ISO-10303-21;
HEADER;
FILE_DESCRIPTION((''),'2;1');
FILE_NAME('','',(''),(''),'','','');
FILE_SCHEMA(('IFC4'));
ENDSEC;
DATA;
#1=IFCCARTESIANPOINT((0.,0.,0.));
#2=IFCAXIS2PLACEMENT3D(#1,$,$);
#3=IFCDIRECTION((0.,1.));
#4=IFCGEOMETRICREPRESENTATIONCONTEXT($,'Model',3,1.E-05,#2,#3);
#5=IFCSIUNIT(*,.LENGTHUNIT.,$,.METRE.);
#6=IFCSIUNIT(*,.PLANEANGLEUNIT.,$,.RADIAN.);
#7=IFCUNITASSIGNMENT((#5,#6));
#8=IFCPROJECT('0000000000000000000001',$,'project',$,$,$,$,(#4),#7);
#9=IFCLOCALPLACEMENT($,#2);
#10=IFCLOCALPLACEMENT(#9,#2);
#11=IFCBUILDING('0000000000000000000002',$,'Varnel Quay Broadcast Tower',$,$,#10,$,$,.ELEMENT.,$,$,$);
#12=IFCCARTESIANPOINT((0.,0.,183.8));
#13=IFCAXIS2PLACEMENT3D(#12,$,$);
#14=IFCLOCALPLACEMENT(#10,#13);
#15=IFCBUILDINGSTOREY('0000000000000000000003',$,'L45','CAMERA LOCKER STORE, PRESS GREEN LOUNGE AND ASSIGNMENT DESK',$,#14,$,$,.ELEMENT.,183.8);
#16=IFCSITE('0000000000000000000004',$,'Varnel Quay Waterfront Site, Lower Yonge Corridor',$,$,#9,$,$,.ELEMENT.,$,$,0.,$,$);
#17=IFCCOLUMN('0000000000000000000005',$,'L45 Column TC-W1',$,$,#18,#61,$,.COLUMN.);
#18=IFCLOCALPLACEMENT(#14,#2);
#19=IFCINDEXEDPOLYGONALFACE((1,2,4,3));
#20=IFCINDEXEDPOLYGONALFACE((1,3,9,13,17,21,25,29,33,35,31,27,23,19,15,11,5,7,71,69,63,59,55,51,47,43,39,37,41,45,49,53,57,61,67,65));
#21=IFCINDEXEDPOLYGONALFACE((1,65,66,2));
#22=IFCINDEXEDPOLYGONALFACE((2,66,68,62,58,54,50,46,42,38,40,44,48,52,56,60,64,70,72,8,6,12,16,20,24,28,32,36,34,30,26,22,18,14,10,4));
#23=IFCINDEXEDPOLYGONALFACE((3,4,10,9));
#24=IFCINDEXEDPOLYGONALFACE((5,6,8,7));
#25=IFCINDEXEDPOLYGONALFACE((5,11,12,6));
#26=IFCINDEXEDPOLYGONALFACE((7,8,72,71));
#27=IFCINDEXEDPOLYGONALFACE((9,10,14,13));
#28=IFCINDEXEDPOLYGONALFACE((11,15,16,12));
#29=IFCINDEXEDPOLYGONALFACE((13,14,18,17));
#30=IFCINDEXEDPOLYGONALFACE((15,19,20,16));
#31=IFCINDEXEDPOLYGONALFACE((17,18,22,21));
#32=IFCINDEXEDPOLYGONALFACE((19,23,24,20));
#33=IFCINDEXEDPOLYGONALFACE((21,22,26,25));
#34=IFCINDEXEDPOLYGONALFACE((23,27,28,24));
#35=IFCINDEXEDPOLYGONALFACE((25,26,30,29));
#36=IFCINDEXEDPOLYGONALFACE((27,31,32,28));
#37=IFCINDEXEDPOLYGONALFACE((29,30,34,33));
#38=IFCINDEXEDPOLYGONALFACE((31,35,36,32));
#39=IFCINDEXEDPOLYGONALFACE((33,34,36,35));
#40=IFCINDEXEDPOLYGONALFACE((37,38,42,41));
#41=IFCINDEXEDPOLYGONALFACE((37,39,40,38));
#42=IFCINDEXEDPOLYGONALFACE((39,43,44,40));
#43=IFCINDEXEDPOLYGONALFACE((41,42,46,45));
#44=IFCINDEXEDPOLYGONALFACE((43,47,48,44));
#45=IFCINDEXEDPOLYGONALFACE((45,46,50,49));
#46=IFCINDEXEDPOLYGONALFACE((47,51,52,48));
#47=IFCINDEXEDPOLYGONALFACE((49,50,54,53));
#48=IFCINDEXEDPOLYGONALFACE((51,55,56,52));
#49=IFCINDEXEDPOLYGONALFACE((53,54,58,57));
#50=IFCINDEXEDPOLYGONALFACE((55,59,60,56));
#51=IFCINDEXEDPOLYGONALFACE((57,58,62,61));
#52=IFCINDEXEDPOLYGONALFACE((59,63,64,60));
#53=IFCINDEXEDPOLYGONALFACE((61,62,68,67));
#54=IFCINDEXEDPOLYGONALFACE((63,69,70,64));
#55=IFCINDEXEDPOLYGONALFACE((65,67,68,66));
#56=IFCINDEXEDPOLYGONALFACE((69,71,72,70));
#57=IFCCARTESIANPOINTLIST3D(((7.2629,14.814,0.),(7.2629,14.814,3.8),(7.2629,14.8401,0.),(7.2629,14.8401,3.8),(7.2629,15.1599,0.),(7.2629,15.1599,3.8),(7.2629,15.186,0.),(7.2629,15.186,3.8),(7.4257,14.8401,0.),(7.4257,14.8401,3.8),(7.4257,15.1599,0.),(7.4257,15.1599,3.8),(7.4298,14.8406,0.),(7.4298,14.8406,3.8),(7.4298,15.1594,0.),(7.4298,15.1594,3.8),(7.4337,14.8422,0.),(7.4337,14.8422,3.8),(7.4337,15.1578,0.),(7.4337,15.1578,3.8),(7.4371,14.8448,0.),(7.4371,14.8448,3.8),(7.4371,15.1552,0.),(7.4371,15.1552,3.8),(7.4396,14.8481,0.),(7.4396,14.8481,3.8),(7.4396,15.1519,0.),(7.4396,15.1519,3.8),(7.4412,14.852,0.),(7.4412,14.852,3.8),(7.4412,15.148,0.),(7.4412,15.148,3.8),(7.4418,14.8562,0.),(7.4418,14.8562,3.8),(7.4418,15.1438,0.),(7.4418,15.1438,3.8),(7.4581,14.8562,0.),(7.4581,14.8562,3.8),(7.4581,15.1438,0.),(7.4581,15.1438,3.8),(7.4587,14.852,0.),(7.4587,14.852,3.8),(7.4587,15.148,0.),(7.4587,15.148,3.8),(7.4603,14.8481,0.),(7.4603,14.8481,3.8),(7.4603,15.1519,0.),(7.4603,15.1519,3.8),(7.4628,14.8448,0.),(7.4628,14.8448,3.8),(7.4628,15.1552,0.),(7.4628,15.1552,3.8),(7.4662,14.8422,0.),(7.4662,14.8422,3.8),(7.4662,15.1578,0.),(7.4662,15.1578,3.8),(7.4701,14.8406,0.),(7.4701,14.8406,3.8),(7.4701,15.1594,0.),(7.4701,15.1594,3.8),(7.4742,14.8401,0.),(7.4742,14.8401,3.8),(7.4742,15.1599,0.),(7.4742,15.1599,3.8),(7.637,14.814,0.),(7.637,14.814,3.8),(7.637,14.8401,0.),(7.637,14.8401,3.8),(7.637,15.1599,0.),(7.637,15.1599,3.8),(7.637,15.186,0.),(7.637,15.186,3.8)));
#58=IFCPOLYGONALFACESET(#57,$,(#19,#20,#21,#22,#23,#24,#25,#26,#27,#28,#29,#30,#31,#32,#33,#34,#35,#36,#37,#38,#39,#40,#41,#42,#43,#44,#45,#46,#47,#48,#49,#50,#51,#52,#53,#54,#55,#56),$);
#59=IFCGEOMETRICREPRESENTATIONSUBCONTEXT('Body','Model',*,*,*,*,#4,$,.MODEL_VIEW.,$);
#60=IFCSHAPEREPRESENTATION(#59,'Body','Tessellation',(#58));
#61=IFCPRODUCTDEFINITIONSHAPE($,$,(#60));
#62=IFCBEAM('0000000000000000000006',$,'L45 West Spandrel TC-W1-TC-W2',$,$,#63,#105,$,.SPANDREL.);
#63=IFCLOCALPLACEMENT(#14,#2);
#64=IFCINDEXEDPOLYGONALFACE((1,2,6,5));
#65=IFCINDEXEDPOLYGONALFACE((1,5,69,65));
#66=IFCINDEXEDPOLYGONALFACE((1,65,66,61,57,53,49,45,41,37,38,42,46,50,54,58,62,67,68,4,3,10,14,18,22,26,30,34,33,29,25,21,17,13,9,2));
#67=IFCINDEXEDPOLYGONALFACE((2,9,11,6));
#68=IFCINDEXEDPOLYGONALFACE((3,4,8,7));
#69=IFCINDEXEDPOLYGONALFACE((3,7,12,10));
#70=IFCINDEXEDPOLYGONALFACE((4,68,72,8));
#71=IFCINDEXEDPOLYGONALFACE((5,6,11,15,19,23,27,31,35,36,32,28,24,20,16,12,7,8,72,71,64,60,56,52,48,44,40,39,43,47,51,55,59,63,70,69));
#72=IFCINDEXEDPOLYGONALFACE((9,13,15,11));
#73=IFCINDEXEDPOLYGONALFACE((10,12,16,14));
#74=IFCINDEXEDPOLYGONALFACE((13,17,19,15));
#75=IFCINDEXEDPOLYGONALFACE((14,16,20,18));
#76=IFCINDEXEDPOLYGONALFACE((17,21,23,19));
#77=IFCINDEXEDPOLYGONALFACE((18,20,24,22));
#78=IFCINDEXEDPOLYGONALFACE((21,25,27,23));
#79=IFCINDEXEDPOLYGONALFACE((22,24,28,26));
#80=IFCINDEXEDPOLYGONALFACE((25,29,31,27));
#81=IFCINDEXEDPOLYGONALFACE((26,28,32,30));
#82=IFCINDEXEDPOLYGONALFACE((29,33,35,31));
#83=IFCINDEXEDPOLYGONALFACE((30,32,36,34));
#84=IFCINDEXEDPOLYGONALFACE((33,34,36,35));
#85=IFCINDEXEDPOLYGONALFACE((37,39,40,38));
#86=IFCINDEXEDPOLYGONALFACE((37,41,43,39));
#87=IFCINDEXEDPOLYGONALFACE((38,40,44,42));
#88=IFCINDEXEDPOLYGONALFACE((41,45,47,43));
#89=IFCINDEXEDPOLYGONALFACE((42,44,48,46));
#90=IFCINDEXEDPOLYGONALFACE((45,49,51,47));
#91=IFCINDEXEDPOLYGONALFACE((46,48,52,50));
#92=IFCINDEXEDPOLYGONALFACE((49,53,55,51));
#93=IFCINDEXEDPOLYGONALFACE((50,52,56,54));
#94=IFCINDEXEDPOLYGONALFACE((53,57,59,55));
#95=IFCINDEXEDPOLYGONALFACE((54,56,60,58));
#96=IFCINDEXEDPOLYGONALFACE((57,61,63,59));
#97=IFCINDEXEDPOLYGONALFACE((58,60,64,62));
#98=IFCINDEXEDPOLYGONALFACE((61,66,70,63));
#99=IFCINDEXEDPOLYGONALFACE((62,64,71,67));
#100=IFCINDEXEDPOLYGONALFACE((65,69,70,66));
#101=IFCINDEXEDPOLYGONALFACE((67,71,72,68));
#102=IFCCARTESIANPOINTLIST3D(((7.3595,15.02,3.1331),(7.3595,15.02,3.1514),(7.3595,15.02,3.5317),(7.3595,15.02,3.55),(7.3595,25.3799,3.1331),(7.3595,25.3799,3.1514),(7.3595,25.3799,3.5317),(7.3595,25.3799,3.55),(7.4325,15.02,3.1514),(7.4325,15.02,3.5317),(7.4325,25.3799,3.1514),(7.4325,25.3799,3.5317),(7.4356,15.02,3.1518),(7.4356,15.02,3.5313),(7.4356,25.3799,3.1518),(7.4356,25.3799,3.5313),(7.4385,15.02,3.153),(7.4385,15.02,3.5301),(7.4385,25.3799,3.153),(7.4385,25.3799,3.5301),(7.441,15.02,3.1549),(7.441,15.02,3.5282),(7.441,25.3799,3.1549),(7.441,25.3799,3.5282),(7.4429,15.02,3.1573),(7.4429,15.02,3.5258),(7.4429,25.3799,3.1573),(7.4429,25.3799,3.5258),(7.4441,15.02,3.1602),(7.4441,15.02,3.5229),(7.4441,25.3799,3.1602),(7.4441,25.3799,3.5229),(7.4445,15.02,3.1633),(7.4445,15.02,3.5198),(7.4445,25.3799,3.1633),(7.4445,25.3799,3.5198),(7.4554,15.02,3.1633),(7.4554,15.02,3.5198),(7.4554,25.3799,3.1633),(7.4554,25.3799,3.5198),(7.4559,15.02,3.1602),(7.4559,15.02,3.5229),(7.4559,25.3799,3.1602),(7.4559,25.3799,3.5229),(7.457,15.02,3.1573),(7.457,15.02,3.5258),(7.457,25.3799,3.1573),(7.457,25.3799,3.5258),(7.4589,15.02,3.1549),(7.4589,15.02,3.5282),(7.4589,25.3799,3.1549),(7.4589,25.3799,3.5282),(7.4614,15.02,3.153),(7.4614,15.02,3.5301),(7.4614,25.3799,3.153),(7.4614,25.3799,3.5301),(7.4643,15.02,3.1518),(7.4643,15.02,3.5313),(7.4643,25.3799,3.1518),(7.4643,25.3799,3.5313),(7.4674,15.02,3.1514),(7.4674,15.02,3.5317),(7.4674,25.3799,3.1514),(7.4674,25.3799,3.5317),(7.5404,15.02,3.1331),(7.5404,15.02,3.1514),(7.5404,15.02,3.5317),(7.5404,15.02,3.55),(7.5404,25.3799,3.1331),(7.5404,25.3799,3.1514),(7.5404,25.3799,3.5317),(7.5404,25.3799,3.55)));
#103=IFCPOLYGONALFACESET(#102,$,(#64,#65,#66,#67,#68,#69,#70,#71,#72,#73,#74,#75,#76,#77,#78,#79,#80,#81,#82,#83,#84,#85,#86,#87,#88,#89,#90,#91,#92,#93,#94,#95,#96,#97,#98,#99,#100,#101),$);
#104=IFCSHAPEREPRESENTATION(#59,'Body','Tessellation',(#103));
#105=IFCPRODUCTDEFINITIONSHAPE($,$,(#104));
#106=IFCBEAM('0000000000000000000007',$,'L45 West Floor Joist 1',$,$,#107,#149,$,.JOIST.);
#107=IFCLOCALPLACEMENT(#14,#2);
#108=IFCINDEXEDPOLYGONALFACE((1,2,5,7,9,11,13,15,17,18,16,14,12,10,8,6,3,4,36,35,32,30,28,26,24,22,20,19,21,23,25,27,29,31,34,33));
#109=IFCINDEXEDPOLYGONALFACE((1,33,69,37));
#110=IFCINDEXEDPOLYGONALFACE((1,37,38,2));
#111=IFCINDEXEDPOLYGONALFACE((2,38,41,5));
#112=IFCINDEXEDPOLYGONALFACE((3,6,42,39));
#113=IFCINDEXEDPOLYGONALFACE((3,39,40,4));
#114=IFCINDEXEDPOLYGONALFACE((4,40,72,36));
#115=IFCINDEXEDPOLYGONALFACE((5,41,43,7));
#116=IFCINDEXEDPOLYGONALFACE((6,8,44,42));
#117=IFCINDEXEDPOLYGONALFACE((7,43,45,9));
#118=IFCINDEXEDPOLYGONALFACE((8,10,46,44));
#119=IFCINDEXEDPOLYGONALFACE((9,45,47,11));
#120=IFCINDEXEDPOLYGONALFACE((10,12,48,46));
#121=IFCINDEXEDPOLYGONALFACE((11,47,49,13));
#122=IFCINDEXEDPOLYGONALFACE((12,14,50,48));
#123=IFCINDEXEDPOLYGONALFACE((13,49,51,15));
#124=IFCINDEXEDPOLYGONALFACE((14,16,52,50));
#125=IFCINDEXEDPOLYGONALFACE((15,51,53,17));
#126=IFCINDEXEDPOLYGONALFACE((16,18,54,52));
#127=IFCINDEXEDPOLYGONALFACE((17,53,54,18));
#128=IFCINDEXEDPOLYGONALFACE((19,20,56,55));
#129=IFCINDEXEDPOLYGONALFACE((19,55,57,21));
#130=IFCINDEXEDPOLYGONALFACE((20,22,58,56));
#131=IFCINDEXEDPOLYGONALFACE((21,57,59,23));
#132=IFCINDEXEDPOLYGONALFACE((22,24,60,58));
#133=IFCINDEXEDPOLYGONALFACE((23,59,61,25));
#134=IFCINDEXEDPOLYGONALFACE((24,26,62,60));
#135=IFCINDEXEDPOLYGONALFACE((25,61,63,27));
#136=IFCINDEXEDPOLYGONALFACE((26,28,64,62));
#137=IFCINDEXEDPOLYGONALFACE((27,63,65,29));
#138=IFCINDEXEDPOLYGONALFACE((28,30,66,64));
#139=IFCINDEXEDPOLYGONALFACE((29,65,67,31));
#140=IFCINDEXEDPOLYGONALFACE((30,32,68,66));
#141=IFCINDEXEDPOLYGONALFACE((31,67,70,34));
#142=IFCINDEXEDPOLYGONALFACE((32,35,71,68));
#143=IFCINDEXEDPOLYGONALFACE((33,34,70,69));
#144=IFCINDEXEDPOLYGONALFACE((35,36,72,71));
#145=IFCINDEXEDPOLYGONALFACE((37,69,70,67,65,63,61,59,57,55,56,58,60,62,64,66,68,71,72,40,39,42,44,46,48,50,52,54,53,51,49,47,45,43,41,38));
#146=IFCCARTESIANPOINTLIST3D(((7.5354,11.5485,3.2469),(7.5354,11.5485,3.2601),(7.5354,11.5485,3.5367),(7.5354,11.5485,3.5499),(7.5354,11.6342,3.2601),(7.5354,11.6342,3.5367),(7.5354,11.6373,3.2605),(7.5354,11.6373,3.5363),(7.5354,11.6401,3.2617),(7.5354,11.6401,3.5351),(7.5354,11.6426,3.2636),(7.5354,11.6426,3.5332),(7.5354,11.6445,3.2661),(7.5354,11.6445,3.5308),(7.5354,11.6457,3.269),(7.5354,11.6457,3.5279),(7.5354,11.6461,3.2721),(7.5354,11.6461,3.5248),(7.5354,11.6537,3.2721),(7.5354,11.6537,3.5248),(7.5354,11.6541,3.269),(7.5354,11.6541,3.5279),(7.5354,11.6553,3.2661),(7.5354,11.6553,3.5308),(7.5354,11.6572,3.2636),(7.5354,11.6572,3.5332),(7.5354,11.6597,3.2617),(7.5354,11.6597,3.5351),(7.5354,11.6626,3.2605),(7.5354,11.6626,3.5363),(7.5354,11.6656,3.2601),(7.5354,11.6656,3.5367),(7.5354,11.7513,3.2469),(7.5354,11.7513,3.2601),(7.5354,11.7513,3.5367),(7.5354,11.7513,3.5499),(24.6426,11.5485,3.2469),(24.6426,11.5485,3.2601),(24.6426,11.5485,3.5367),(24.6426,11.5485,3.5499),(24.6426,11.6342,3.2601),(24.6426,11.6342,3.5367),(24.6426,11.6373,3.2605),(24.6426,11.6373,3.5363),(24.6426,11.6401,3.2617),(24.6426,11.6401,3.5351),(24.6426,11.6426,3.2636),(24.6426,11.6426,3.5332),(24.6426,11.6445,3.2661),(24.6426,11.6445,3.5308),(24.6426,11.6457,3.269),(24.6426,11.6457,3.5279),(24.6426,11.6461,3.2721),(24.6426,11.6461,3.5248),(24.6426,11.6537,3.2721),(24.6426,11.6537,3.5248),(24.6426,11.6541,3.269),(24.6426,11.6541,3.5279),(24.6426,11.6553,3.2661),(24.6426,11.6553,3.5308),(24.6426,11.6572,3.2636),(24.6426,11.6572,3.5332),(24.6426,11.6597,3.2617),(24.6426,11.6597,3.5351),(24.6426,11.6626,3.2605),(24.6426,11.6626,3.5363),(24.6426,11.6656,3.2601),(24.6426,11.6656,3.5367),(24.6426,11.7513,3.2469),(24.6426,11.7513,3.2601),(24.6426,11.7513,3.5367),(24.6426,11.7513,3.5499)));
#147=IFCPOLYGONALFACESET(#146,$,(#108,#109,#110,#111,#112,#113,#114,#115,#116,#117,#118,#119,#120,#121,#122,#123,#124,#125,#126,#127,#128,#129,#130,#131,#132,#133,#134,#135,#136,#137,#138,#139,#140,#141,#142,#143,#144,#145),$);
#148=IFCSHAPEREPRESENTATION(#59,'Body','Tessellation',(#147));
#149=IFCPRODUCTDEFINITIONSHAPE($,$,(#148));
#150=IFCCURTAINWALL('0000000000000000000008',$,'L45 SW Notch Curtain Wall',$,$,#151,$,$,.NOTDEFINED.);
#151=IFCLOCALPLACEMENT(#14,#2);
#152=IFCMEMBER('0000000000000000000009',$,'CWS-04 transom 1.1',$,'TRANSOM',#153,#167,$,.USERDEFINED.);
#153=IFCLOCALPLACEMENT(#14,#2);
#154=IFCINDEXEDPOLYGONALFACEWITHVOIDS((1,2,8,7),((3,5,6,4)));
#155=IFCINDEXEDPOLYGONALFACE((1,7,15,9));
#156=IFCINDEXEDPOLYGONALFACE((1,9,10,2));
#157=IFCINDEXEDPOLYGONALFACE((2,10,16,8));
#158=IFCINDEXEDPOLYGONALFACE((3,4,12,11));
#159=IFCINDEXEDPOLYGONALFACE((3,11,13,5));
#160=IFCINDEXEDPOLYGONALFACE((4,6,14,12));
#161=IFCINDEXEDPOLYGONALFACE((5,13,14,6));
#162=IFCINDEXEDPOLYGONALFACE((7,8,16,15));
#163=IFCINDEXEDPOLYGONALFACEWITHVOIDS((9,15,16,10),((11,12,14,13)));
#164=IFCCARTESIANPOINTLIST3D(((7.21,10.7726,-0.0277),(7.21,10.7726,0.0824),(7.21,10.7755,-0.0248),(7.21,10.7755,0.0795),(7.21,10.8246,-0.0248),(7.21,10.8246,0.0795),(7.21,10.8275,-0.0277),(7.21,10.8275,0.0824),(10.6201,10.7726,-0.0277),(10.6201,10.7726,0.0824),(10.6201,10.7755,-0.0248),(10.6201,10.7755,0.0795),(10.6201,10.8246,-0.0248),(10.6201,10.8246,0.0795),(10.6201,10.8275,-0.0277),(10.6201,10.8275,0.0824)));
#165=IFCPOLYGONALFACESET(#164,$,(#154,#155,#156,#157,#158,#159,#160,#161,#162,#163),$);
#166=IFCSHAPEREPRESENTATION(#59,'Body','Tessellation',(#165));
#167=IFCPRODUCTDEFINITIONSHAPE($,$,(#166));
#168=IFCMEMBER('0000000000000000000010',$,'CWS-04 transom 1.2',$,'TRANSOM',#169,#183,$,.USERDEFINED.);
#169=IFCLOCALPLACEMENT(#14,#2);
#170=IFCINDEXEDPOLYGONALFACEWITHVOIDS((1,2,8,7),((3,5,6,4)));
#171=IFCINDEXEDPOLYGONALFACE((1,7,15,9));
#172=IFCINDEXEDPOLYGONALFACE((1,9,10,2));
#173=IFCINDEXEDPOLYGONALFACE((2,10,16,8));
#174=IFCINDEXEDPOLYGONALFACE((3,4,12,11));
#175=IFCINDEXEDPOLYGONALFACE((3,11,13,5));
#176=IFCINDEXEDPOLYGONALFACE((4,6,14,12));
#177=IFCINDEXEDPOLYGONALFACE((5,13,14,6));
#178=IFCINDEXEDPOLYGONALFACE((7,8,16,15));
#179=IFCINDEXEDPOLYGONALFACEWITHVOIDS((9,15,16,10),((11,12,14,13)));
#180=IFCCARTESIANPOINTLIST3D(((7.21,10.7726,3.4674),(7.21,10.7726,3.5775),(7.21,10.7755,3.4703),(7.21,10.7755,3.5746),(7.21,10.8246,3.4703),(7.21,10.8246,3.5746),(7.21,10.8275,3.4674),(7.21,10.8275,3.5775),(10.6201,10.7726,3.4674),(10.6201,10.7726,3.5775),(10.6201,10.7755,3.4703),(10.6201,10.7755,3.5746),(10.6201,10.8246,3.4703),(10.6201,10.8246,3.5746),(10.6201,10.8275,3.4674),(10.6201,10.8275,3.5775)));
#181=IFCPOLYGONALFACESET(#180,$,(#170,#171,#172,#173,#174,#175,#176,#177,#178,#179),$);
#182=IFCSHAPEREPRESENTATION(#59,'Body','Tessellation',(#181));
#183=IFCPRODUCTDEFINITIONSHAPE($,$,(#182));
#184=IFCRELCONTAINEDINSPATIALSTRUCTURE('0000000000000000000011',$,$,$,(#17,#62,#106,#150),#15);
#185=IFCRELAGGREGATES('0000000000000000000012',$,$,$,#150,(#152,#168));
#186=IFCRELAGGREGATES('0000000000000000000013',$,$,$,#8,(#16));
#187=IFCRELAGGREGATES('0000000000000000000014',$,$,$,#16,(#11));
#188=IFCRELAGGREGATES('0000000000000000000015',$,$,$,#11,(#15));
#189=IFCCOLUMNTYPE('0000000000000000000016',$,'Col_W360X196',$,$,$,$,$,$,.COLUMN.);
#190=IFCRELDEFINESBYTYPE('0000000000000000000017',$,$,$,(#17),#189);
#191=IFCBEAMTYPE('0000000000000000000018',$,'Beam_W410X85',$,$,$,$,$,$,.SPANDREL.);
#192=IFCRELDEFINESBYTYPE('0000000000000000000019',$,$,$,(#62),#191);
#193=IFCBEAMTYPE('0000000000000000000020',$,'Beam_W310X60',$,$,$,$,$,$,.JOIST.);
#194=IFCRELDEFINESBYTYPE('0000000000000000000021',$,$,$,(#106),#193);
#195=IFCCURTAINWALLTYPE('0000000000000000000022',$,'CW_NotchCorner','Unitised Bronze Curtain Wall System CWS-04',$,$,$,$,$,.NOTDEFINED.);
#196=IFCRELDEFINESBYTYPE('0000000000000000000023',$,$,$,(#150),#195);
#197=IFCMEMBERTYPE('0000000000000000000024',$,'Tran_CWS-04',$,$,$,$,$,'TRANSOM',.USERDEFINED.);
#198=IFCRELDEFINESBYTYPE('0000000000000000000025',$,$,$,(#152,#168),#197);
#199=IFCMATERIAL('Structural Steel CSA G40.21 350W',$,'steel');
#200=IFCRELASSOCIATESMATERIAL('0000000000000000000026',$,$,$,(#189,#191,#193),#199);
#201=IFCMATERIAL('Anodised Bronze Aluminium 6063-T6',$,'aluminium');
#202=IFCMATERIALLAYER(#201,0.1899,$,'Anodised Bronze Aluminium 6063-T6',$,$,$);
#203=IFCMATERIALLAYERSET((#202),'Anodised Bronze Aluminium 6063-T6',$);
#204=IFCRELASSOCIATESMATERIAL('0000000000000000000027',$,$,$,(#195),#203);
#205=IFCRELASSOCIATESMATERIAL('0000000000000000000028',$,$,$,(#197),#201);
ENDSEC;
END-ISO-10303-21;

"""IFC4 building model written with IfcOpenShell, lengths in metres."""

from ifc_helpers import new_model, si_unit, direction, frame, origin, origin_2d, place, context, subcontext, project, spatial, hollow_rectangle, i_section, extrude, source, transform, mapped, material, layer, layer_set, material_profile, profile_set, type_object, type_shapes, element, aggregate, save


model = new_model("IFC4")

# Units and contexts
model_context = context("Model", 3, precision=1e-05, world=origin(), true_north=direction((0.0, 1.0)))
body_context = subcontext(model_context, "Body", "Model", "MODEL_VIEW")
ifc_project = project(units=[si_unit("LENGTHUNIT", "METRE"), si_unit("PLANEANGLEUNIT", "RADIAN")], contexts=[model_context])

# Site, building, storey
site_placement = place(None, origin())
site = spatial("IfcSite", under=ifc_project, at=site_placement, Name="Varnel Quay Waterfront Site, Lower Yonge Corridor", CompositionType="ELEMENT", RefElevation=0.0)
building_placement = place(site_placement, origin())
building = spatial("IfcBuilding", under=site, at=building_placement, Name="Varnel Quay Broadcast Tower", CompositionType="ELEMENT")
storey_placement = place(building_placement, frame((0.0, 0.0, 183.8)))
storey = spatial("IfcBuildingStorey", under=building, at=storey_placement, Name="L45", Description="CAMERA LOCKER STORE, PRESS GREEN LOUNGE AND ASSIGNMENT DESK", CompositionType="ELEMENT", Elevation=183.8)

# Column
ifc_material_1 = material(Name="Structural Steel CSA G40.21 350W", Category="steel")
ifc_material_profile_1 = material_profile(ifc_material_1, i_section(OverallWidth=0.374, OverallDepth=0.3721, WebThickness=0.0164, FlangeThickness=0.0261, FilletRadius=0.0161, at=origin_2d()), Name="W360X196")
ifc_profile_set_1 = profile_set([ifc_material_profile_1], Name="Structural Steel CSA G40.21 350W")
column_type = type_object("IfcColumnType", Name="Col_W360X196", PredefinedType="COLUMN", material=ifc_profile_set_1)
shared_shape_1 = source(origin(), body_context, "Body", "SweptSolid", [
    extrude(i_section(OverallWidth=0.374, OverallDepth=0.3721, WebThickness=0.0164, FlangeThickness=0.0261, FilletRadius=0.0161, at=origin_2d()), origin(), (0.0, 0.0, 1.0), 3.8),
])
type_shapes(column_type, [shared_shape_1])
column_placement = place(storey_placement, frame((7.45, 15.0, 0.0), z_axis=(0.0, 0.0, 1.0), x_axis=(1.0, 0.0, 0.0)))
element("IfcColumn", 1, at=column_placement, inside=storey, type_object=column_type, Name="L45 Column TC-W1", PredefinedType="COLUMN", context=body_context, shape_type="MappedRepresentation", body=[
    mapped(shared_shape_1, transform((0.0, 0.0, 0.0), x_axis=(1.0, 0.0, 0.0), y_axis=(0.0, 1.0, 0.0), z_axis=(0.0, 0.0, 1.0), scale=1.0)),
])

# Beams
ifc_material_profile_2 = material_profile(ifc_material_1, i_section(OverallWidth=0.1809, OverallDepth=0.417, WebThickness=0.011, FlangeThickness=0.0183, FilletRadius=0.012, at=origin_2d()), Name="W410X85")
ifc_profile_set_2 = profile_set([ifc_material_profile_2], Name="Structural Steel CSA G40.21 350W")
beam_type_1 = type_object("IfcBeamType", Name="Beam_W410X85", PredefinedType="SPANDREL", material=ifc_profile_set_2)
shared_shape_2 = source(origin(), body_context, "Body", "SweptSolid", [
    extrude(i_section(OverallWidth=0.1809, OverallDepth=0.417, WebThickness=0.011, FlangeThickness=0.0183, FilletRadius=0.012, at=origin_2d()), origin(), (0.0, 0.0, 1.0), 10.3599),
])
type_shapes(beam_type_1, [shared_shape_2])
beam_1_placement = place(storey_placement, frame((7.45, 15.02, 3.3416), z_axis=(0.0, 1.0, 0.0), x_axis=(-1.0, 0.0, 0.0)))
element("IfcBeam", 2, at=beam_1_placement, inside=storey, type_object=beam_type_1, Name="L45 West Spandrel TC-W1-TC-W2", PredefinedType="SPANDREL", context=body_context, shape_type="MappedRepresentation", body=[
    mapped(shared_shape_2, transform((0.0, 0.0, 0.0), x_axis=(1.0, 0.0, 0.0), y_axis=(0.0, 1.0, 0.0), z_axis=(0.0, 0.0, 1.0), scale=1.0)),
])
ifc_material_profile_3 = material_profile(ifc_material_1, i_section(OverallWidth=0.2029, OverallDepth=0.303, WebThickness=0.0076, FlangeThickness=0.0132, FilletRadius=0.012, at=origin_2d()), Name="W310X60")
ifc_profile_set_3 = profile_set([ifc_material_profile_3], Name="Structural Steel CSA G40.21 350W")
beam_type_2 = type_object("IfcBeamType", Name="Beam_W310X60", PredefinedType="JOIST", material=ifc_profile_set_3)
shared_shape_3 = source(origin(), body_context, "Body", "SweptSolid", [
    extrude(i_section(OverallWidth=0.2029, OverallDepth=0.303, WebThickness=0.0076, FlangeThickness=0.0132, FilletRadius=0.012, at=origin_2d()), origin(), (0.0, 0.0, 1.0), 17.1072),
])
type_shapes(beam_type_2, [shared_shape_3])
beam_2_placement = place(storey_placement, frame((7.5354, 11.6499, 3.3984), z_axis=(1.0, 0.0, 0.0), x_axis=(0.0, 1.0, 0.0)))
element("IfcBeam", 3, at=beam_2_placement, inside=storey, type_object=beam_type_2, Name="L45 West Floor Joist 1", PredefinedType="JOIST", context=body_context, shape_type="MappedRepresentation", body=[
    mapped(shared_shape_3, transform((0.0, 0.0, 0.0), x_axis=(1.0, 0.0, 0.0), y_axis=(0.0, 1.0, 0.0), z_axis=(0.0, 0.0, 1.0), scale=1.0)),
])

# Curtain wall, members
ifc_material_2 = material(Name="Anodised Bronze Aluminium 6063-T6", Category="aluminium")
ifc_layer_1 = layer(ifc_material_2, 0.1899, Name="Anodised Bronze Aluminium 6063-T6")
ifc_layer_set_1 = layer_set([ifc_layer_1], Name="Anodised Bronze Aluminium 6063-T6")
curtain_wall_type_1 = type_object("IfcCurtainWallType", Name="CW_NotchCorner", Description="Unitised Bronze Curtain Wall System CWS-04", PredefinedType="NOTDEFINED", material=ifc_layer_set_1)
curtain_wall_1_placement = place(storey_placement, origin())
curtain_wall_1 = element("IfcCurtainWall", 4, at=curtain_wall_1_placement, inside=storey, type_object=curtain_wall_type_1, Name="L45 SW Notch Curtain Wall", PredefinedType="NOTDEFINED")
ifc_material_profile_4 = material_profile(ifc_material_2, hollow_rectangle(XDim=0.0549, YDim=0.1101, WallThickness=0.0029, at=origin_2d()), Name="ALU55X110X3")
ifc_profile_set_4 = profile_set([ifc_material_profile_4], Name="Anodised Bronze Aluminium 6063-T6")
member_type_1 = type_object("IfcMemberType", Name="Tran_CWS-04", ElementType="TRANSOM", PredefinedType="USERDEFINED", material=ifc_profile_set_4)
shared_shape_4 = source(origin(), body_context, "Body", "SweptSolid", [
    extrude(hollow_rectangle(XDim=0.0549, YDim=0.1101, WallThickness=0.0029, at=origin_2d()), origin(), (0.0, 0.0, 1.0), 3.4102),
])
type_shapes(member_type_1, [shared_shape_4])
member_1_placement = place(storey_placement, frame((7.21, 10.8, 0.0273), z_axis=(1.0, 0.0, 0.0), x_axis=(0.0, 1.0, 0.0)))
member_1 = element("IfcMember", 5, at=member_1_placement, type_object=member_type_1, Name="CWS-04 transom 1.1", ObjectType="TRANSOM", PredefinedType="USERDEFINED", context=body_context, shape_type="MappedRepresentation", body=[
    mapped(shared_shape_4, transform((0.0, 0.0, 0.0), x_axis=(1.0, 0.0, 0.0), y_axis=(0.0, 1.0, 0.0), z_axis=(0.0, 0.0, 1.0), scale=1.0)),
])
member_2_placement = place(storey_placement, frame((7.21, 10.8, 3.5225), z_axis=(1.0, 0.0, 0.0), x_axis=(0.0, 1.0, 0.0)))
member_2 = element("IfcMember", 6, at=member_2_placement, type_object=member_type_1, Name="CWS-04 transom 1.2", ObjectType="TRANSOM", PredefinedType="USERDEFINED", context=body_context, shape_type="MappedRepresentation", body=[
    mapped(shared_shape_4, transform((0.0, 0.0, 0.0), x_axis=(1.0, 0.0, 0.0), y_axis=(0.0, 1.0, 0.0), z_axis=(0.0, 0.0, 1.0), scale=1.0)),
])

aggregate(curtain_wall_1, [member_1, member_2])

save(model, "model.ifc")
